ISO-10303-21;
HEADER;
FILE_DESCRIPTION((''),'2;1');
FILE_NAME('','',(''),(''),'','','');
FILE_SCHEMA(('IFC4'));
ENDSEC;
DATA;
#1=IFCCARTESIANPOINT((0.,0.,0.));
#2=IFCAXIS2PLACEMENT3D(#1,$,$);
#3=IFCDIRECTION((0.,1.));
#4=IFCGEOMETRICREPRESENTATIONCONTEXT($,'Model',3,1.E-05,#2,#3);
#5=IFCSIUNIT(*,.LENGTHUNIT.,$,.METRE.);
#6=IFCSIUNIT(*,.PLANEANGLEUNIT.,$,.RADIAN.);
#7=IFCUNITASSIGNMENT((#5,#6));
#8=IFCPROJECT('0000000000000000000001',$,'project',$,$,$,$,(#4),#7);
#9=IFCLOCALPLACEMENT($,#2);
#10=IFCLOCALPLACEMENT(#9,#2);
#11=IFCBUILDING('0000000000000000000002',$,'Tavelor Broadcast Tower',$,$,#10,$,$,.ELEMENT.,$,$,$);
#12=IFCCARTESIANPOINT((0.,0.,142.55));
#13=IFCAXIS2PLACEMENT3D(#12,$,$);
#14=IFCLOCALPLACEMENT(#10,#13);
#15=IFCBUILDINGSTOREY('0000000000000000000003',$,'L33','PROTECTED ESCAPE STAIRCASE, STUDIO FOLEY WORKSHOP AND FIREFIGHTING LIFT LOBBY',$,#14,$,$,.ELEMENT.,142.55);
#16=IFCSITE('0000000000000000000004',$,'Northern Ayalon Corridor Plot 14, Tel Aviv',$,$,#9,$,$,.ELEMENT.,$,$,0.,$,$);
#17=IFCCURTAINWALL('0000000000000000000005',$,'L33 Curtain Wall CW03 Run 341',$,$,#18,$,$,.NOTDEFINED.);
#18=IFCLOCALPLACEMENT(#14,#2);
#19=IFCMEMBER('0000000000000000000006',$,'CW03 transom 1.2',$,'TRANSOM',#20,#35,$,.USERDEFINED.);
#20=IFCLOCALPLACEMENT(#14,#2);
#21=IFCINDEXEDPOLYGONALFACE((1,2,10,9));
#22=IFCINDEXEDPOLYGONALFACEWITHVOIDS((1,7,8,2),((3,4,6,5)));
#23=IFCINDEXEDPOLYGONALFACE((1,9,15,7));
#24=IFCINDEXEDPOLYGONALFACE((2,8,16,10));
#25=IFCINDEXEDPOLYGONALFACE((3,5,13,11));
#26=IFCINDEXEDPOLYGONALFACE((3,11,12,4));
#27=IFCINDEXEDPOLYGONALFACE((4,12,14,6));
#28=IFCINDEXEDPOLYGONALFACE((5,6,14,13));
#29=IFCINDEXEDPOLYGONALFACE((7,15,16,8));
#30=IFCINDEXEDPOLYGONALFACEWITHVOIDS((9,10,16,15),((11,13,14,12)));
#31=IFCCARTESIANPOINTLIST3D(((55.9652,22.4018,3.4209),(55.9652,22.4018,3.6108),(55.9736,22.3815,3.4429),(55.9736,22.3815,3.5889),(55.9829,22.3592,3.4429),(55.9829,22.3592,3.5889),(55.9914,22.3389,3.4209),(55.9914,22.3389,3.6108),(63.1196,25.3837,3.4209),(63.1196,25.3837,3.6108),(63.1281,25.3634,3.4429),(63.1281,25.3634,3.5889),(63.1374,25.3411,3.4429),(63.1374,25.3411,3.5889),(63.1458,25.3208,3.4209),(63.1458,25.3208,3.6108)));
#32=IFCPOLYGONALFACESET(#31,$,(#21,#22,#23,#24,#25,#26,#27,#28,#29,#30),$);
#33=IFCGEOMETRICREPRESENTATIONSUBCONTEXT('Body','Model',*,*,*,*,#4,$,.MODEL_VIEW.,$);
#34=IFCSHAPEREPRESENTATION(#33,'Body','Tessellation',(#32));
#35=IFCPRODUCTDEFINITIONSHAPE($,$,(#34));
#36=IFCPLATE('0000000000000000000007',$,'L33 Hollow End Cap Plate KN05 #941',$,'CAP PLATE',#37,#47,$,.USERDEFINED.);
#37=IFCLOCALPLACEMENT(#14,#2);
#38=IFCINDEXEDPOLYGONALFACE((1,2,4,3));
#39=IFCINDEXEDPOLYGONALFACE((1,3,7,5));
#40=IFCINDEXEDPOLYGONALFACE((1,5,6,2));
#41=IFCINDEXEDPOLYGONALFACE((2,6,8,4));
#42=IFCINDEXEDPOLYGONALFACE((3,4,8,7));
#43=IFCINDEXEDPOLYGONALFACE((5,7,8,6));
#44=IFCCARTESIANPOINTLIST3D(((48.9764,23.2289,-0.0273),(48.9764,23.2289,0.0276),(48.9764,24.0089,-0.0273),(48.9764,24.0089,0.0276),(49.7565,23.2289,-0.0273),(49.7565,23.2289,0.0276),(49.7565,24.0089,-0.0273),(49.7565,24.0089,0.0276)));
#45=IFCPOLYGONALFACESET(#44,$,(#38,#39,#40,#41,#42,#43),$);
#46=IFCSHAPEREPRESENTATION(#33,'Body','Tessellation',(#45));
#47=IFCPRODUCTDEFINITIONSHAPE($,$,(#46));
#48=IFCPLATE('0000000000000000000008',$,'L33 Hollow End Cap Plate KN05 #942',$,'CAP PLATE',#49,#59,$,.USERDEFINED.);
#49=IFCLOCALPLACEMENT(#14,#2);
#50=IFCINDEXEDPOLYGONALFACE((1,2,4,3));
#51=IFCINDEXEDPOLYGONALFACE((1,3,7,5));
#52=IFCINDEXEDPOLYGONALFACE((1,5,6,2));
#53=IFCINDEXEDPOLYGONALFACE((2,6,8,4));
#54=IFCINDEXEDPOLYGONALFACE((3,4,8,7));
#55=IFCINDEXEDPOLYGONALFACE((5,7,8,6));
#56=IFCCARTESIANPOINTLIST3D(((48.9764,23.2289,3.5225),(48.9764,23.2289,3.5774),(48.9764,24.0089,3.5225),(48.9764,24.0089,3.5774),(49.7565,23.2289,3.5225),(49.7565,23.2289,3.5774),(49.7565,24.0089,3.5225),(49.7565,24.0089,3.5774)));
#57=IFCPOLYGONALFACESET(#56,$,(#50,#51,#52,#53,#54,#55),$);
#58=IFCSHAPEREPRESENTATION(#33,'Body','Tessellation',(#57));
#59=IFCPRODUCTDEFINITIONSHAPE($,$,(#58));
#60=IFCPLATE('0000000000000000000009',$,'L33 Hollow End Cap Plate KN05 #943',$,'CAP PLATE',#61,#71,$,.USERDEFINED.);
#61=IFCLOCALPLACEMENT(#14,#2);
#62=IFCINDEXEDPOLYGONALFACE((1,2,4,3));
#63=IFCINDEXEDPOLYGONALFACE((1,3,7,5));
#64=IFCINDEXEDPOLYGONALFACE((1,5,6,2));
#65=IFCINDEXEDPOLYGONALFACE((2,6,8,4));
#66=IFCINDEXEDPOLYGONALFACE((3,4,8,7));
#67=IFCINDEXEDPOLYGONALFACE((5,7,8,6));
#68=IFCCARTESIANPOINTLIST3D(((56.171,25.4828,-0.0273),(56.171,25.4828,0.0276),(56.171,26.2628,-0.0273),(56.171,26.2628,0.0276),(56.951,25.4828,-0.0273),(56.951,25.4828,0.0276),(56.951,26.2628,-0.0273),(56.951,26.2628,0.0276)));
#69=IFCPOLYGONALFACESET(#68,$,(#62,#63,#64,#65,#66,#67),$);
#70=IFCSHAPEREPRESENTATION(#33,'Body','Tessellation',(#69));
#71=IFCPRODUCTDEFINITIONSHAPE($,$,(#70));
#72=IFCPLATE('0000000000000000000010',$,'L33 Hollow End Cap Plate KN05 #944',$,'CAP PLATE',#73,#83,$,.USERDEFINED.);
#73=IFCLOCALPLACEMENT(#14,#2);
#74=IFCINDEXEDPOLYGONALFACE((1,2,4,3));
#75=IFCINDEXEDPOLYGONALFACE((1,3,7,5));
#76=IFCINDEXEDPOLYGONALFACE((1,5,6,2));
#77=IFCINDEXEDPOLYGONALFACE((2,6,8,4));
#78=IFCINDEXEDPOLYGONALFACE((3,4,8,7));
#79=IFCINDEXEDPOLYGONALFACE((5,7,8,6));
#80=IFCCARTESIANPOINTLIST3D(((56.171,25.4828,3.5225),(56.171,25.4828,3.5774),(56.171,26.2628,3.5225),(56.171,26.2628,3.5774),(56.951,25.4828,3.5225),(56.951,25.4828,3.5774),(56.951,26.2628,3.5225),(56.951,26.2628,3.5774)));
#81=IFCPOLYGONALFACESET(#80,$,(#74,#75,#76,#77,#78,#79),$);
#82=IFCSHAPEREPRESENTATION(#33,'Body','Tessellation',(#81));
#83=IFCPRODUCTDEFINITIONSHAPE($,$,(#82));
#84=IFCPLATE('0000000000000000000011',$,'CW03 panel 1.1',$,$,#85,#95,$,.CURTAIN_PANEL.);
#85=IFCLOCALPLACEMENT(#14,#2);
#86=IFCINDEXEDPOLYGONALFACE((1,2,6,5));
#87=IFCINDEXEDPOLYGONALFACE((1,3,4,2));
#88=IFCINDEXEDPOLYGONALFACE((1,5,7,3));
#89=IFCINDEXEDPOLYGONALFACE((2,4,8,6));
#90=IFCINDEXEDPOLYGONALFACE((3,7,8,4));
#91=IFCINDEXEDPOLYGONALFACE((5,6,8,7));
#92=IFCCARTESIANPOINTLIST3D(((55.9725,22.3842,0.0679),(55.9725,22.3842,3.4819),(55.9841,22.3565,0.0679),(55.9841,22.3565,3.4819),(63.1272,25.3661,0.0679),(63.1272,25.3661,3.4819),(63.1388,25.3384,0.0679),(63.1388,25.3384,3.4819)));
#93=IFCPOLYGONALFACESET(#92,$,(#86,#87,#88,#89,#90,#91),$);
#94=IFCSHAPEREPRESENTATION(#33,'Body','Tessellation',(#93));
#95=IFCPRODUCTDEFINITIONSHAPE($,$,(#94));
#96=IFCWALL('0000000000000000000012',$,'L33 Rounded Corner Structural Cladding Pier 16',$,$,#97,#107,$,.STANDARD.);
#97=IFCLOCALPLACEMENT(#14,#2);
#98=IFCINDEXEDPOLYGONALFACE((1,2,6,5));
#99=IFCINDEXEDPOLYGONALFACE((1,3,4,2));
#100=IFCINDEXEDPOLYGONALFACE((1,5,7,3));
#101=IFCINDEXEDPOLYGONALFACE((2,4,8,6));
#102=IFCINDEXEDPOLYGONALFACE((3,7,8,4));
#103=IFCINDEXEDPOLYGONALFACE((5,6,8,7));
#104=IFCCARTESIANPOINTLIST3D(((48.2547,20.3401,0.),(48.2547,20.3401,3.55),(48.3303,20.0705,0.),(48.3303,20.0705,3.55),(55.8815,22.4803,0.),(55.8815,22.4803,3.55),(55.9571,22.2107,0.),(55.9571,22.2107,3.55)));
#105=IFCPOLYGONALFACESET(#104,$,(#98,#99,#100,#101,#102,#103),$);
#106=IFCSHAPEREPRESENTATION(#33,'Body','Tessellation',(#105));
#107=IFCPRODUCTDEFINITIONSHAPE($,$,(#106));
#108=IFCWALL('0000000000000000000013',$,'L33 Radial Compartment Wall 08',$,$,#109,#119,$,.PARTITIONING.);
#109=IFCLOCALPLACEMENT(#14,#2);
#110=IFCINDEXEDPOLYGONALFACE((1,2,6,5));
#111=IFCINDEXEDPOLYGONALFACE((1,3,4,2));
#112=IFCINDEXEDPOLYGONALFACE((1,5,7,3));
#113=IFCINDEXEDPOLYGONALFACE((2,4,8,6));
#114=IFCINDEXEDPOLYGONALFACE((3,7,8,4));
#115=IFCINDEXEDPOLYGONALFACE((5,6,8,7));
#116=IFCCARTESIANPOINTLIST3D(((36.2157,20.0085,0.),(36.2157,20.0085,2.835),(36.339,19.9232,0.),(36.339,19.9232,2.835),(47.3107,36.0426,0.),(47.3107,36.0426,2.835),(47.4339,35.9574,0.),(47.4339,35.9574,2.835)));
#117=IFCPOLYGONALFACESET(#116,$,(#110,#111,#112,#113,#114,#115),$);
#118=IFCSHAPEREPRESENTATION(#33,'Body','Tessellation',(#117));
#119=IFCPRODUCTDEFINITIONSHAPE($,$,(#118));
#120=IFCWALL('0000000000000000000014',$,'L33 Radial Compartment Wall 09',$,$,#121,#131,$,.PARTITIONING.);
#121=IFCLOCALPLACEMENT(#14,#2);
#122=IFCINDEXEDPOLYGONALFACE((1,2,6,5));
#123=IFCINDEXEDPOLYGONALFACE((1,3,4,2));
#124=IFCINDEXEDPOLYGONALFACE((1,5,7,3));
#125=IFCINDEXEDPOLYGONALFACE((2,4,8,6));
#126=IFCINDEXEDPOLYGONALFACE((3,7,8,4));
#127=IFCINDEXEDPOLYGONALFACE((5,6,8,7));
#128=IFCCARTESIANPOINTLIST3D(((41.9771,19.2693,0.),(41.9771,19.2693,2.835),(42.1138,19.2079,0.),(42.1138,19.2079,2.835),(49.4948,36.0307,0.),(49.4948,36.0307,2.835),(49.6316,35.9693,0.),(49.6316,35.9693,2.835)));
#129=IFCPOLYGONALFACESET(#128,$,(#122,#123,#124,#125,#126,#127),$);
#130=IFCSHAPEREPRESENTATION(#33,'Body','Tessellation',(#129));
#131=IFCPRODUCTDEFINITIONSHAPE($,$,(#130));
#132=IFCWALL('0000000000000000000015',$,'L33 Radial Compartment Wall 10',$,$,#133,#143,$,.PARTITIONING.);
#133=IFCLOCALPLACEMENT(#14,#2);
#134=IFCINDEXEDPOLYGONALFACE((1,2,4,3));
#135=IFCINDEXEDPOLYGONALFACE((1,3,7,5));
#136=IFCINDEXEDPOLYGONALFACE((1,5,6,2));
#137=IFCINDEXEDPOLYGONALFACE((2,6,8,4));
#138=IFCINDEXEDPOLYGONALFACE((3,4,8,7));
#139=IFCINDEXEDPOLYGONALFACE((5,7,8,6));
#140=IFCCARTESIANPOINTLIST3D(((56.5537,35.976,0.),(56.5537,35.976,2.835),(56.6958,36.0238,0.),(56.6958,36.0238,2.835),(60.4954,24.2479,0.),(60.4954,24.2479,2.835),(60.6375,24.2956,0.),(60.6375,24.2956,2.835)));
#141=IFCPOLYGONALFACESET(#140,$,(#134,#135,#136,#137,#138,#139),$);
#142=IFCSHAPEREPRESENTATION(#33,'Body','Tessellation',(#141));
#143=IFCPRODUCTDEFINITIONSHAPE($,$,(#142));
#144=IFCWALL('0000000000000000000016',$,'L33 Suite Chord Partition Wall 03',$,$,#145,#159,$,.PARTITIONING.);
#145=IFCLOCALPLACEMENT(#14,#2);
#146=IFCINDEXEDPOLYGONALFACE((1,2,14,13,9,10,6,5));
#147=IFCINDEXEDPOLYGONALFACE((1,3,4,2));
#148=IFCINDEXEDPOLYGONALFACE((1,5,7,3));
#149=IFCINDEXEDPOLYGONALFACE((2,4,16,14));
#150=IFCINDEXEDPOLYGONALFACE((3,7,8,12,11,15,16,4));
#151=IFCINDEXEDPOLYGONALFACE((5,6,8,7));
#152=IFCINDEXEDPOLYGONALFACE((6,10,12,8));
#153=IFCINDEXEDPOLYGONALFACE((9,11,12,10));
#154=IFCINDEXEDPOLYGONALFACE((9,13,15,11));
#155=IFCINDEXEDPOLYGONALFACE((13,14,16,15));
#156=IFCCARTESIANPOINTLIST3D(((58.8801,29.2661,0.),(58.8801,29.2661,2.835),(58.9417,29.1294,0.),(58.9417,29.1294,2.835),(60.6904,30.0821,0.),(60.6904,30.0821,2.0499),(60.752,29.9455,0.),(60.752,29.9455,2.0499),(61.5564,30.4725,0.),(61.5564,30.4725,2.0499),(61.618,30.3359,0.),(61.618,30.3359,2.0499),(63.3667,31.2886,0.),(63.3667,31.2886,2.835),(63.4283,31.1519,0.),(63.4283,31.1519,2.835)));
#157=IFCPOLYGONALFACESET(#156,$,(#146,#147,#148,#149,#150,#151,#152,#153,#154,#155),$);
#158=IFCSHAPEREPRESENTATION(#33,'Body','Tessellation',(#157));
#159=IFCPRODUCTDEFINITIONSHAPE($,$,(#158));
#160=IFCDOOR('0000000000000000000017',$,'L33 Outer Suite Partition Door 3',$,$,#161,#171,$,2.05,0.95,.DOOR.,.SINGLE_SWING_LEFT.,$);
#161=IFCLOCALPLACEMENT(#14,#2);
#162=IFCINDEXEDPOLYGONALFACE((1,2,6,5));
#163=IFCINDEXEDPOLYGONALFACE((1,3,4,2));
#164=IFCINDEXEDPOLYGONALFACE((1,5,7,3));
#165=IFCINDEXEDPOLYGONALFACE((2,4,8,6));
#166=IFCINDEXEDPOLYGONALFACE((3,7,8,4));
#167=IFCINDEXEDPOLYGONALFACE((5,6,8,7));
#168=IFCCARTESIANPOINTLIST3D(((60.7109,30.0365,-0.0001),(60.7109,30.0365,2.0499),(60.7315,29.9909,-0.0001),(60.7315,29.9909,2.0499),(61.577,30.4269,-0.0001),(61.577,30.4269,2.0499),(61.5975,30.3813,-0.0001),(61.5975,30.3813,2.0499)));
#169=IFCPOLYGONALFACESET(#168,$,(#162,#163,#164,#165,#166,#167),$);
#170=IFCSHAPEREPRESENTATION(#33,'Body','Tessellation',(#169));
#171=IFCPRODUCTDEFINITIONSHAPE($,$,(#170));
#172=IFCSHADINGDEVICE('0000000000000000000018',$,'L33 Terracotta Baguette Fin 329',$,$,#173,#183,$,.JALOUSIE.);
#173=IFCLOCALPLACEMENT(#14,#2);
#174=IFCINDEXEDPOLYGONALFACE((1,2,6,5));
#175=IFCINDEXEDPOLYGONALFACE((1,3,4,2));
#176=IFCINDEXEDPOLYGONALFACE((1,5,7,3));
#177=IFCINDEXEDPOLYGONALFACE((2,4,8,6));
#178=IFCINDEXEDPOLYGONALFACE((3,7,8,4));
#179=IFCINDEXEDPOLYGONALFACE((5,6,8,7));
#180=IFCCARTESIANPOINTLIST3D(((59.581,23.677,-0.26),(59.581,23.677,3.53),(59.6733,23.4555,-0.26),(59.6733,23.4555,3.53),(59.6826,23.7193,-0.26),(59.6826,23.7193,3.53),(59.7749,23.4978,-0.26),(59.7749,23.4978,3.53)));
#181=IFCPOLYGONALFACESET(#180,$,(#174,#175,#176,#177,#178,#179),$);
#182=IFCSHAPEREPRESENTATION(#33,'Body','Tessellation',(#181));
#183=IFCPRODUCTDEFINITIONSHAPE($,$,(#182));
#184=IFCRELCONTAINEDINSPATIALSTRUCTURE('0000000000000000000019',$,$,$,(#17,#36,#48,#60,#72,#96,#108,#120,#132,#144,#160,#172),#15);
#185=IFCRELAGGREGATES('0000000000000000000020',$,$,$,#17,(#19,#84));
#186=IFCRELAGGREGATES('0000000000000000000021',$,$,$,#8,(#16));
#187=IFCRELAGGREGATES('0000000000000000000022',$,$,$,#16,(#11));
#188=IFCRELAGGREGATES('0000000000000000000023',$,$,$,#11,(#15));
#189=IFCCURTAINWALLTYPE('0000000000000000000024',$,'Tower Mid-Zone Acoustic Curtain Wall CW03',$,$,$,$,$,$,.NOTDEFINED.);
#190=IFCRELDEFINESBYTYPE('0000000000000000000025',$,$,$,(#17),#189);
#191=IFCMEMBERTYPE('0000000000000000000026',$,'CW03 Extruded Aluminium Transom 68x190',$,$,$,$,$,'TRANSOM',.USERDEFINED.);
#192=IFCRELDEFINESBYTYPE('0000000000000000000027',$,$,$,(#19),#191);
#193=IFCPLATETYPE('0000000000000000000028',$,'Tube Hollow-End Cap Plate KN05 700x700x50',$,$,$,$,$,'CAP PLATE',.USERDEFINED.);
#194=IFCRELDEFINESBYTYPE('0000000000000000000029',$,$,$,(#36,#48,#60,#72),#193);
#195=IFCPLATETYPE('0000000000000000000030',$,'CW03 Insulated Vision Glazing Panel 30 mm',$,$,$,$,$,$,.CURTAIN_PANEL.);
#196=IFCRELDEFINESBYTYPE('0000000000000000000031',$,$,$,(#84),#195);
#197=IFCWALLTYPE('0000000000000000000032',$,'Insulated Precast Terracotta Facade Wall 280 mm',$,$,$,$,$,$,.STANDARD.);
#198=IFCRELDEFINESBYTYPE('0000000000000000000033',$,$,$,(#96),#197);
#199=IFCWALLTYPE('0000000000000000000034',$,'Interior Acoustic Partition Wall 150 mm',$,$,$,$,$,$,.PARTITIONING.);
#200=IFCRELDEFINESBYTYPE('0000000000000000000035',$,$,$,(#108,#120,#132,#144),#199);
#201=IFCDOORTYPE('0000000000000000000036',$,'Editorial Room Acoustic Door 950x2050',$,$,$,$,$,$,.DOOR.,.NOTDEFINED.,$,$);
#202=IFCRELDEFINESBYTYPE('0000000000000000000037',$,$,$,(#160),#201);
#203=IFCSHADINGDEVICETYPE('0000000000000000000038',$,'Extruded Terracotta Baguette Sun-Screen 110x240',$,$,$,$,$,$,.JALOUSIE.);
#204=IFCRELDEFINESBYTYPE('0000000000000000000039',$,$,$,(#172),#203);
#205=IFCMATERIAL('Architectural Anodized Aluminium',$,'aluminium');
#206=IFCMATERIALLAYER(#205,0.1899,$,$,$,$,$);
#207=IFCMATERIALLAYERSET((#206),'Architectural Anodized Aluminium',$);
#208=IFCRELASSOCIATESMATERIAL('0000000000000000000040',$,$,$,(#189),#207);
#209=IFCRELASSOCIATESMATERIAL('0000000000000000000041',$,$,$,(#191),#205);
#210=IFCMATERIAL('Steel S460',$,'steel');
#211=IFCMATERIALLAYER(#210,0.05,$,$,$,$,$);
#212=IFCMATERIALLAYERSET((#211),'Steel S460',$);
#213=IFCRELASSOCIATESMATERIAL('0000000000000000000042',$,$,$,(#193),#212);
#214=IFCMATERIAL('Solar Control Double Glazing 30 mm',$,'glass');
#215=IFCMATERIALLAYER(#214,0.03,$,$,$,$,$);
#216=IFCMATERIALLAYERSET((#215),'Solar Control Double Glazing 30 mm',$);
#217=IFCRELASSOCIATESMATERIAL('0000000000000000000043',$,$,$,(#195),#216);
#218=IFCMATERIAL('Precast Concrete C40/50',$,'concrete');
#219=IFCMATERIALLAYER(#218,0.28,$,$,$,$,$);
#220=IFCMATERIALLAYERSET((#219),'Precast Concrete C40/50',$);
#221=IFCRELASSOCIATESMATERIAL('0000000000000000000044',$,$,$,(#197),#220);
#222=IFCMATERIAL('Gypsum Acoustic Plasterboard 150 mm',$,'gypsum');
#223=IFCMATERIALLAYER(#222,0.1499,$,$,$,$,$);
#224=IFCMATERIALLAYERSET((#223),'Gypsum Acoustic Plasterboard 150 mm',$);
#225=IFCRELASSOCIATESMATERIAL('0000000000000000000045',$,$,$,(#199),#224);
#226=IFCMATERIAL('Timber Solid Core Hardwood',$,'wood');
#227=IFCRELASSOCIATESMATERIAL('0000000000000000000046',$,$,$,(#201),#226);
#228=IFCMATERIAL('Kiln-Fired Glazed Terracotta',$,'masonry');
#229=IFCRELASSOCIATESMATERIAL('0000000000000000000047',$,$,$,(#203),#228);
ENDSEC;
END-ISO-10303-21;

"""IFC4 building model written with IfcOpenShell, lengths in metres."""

from ifc_helpers import new_model, si_unit, direction, frame, frame_2d, origin, origin_2d, place, context, subcontext, project, spatial, rectangle, hollow_rectangle, extrude, source, transform, mapped, material, layer, layer_set, material_profile, profile_set, type_object, type_shapes, element, fill, aggregate, save


model = new_model("IFC4")

# Units and contexts
model_context = context("Model", 3, precision=1e-05, world=origin(), true_north=direction((0.0, 1.0)))
body_context = subcontext(model_context, "Body", "Model", "MODEL_VIEW")
ifc_project = project(units=[si_unit("LENGTHUNIT", "METRE"), si_unit("PLANEANGLEUNIT", "RADIAN")], contexts=[model_context])

# Site, building, storey
site_placement = place(None, origin())
site = spatial("IfcSite", under=ifc_project, at=site_placement, Name="Northern Ayalon Corridor Plot 14, Tel Aviv", CompositionType="ELEMENT", RefElevation=0.0)
building_placement = place(site_placement, origin())
building = spatial("IfcBuilding", under=site, at=building_placement, Name="Tavelor Broadcast Tower", CompositionType="ELEMENT")
storey_placement = place(building_placement, frame((0.0, 0.0, 142.55)))
storey = spatial("IfcBuildingStorey", under=building, at=storey_placement, Name="L33", Description="PROTECTED ESCAPE STAIRCASE, STUDIO FOLEY WORKSHOP AND FIREFIGHTING LIFT LOBBY", CompositionType="ELEMENT", Elevation=142.55)

# Shared definitions
ifc_material_1 = material(Name="Steel S460", Category="steel")

# Curtain wall, member
ifc_material_2 = material(Name="Architectural Anodized Aluminium", Category="aluminium")
ifc_layer_1 = layer(ifc_material_2, 0.1899)
ifc_layer_set_1 = layer_set([ifc_layer_1], Name="Architectural Anodized Aluminium")
curtain_wall_type = type_object("IfcCurtainWallType", Name="Tower Mid-Zone Acoustic Curtain Wall CW03", PredefinedType="NOTDEFINED", material=ifc_layer_set_1)
curtain_wall_placement = place(storey_placement, origin())
curtain_wall = element("IfcCurtainWall", 1, at=curtain_wall_placement, inside=storey, type_object=curtain_wall_type, Name="L33 Curtain Wall CW03 Run 341", PredefinedType="NOTDEFINED")
ifc_material_profile_1 = material_profile(ifc_material_2, hollow_rectangle(XDim=0.0681, YDim=0.1899, WallThickness=0.022, at=origin_2d()), Name="RHS 68x190x22")
ifc_profile_set_1 = profile_set([ifc_material_profile_1], Name="Architectural Anodized Aluminium")
member_type_1 = type_object("IfcMemberType", Name="CW03 Extruded Aluminium Transom 68x190", ElementType="TRANSOM", PredefinedType="USERDEFINED", material=ifc_profile_set_1)
shared_shape_1 = source(origin(), body_context, "Body", "SweptSolid", [
    extrude(hollow_rectangle(XDim=0.0681, YDim=0.1899, WallThickness=0.022, at=origin_2d()), origin(), (0.0, 0.0, 1.0), 7.751),
])
type_shapes(member_type_1, [shared_shape_1])
member_1_placement = place(storey_placement, frame((55.9783, 22.3704, 3.5159), z_axis=(0.923037, 0.384712, 0.0), x_axis=(-0.384712, 0.923037, 0.0)))
member_1 = element("IfcMember", 2, at=member_1_placement, type_object=member_type_1, Name="CW03 transom 1.2", ObjectType="TRANSOM", PredefinedType="USERDEFINED", context=body_context, shape_type="MappedRepresentation", body=[
    mapped(shared_shape_1, transform((0.0, 0.0, 0.0), scale=1.0)),
])

# Plates
ifc_layer_2 = layer(ifc_material_1, 0.05)
ifc_layer_set_2 = layer_set([ifc_layer_2], Name="Steel S460")
plate_type_1 = type_object("IfcPlateType", Name="Tube Hollow-End Cap Plate KN05 700x700x50", ElementType="CAP PLATE", PredefinedType="USERDEFINED", material=ifc_layer_set_2)
shared_shape_2 = source(origin(), body_context, "Body", "SweptSolid", [
    extrude(rectangle(XDim=0.78, YDim=0.78, at=origin_2d()), origin(), (0.0, 0.0, 1.0), 0.0549),
])
type_shapes(plate_type_1, [shared_shape_2])
for number, where, z_axis, x_axis, name in (
    (3, (49.3665, 23.6189, -0.0273), (0.0, 0.0, 1.0), (1.0, 0.0, 0.0), "L33 Hollow End Cap Plate KN05 #941"),
    (4, (49.3665, 23.6189, 3.5225), (0.0, 0.0, 1.0), (1.0, 0.0, 0.0), "L33 Hollow End Cap Plate KN05 #942"),
    (5, (56.561, 25.8728, -0.0273), (0.0, 0.0, 1.0), (1.0, 0.0, 0.0), "L33 Hollow End Cap Plate KN05 #943"),
    (6, (56.561, 25.8728, 3.5225), (0.0, 0.0, 1.0), (1.0, 0.0, 0.0), "L33 Hollow End Cap Plate KN05 #944"),
):
    element("IfcPlate", number, at=place(storey_placement, frame(where, z_axis=z_axis, x_axis=x_axis)), inside=storey, type_object=plate_type_1, Name=name, ObjectType="CAP PLATE", PredefinedType="USERDEFINED", context=body_context, shape_type="MappedRepresentation", body=[
        mapped(shared_shape_2, transform((0.0, 0.0, 0.0), scale=1.0)),
    ])

# Plate
ifc_material_3 = material(Name="Solar Control Double Glazing 30 mm", Category="glass")
ifc_layer_3 = layer(ifc_material_3, 0.03)
ifc_layer_set_3 = layer_set([ifc_layer_3], Name="Solar Control Double Glazing 30 mm")
plate_type_2 = type_object("IfcPlateType", Name="CW03 Insulated Vision Glazing Panel 30 mm", PredefinedType="CURTAIN_PANEL", material=ifc_layer_set_3)
shared_shape_3 = source(origin(), body_context, "Body", "SweptSolid", [
    extrude(rectangle(XDim=7.7512, YDim=0.03, at=origin_2d()), origin(), (0.0, 0.0, 1.0), 3.4141),
])
type_shapes(plate_type_2, [shared_shape_3])
plate_placement = place(storey_placement, frame((59.5557, 23.8613, 0.0679), z_axis=(0.0, 0.0, 1.0), x_axis=(0.923042, 0.3847, 0.0)))
plate = element("IfcPlate", 7, at=plate_placement, type_object=plate_type_2, Name="CW03 panel 1.1", PredefinedType="CURTAIN_PANEL", context=body_context, shape_type="MappedRepresentation", body=[
    mapped(shared_shape_3, transform((0.0, 0.0, 0.0), scale=1.0)),
])
aggregate(curtain_wall, [member_1, plate])

# Walls
ifc_material_4 = material(Name="Precast Concrete C40/50", Category="concrete")
ifc_layer_4 = layer(ifc_material_4, 0.28)
ifc_layer_set_4 = layer_set([ifc_layer_4], Name="Precast Concrete C40/50")
wall_type_1 = type_object("IfcWallType", Name="Insulated Precast Terracotta Facade Wall 280 mm", PredefinedType="STANDARD", material=ifc_layer_set_4)
wall_1_placement = place(storey_placement, frame((48.2925, 20.2053, 0.0), z_axis=(0.0, 0.0, 1.0), x_axis=(0.962811, 0.270175, 0.0)))
element("IfcWall", 8, at=wall_1_placement, inside=storey, type_object=wall_type_1, Name="L33 Rounded Corner Structural Cladding Pier 16", PredefinedType="STANDARD", context=body_context, shape_type="SweptSolid", body=[
    extrude(rectangle(XDim=7.9214, YDim=0.28, at=frame_2d((3.9607, 0.0))), origin(), (0.0, 0.0, 1.0), 3.55),
])
ifc_material_5 = material(Name="Gypsum Acoustic Plasterboard 150 mm", Category="gypsum")
ifc_layer_5 = layer(ifc_material_5, 0.1499)
ifc_layer_set_5 = layer_set([ifc_layer_5], Name="Gypsum Acoustic Plasterboard 150 mm")
wall_type_2 = type_object("IfcWallType", Name="Interior Acoustic Partition Wall 150 mm", PredefinedType="PARTITIONING", material=ifc_layer_set_5)
wall_2_placement = place(storey_placement, frame((47.3723, 36.0, 0.0), z_axis=(0.0, 0.0, 1.0), x_axis=(-0.569015, -0.822327, 0.0)))
element("IfcWall", 9, at=wall_2_placement, inside=storey, type_object=wall_type_2, Name="L33 Radial Compartment Wall 08", PredefinedType="PARTITIONING", context=body_context, shape_type="SweptSolid", body=[
    extrude(rectangle(XDim=19.4985, YDim=0.1499, at=frame_2d((9.7493, 0.0))), origin(), (0.0, 0.0, 1.0), 2.835),
])
wall_3_placement = place(storey_placement, frame((49.5632, 36.0, 0.0), z_axis=(0.0, 0.0, 1.0), x_axis=(-0.40924, -0.912427, 0.0)))
element("IfcWall", 10, at=wall_3_placement, inside=storey, type_object=wall_type_2, Name="L33 Radial Compartment Wall 09", PredefinedType="PARTITIONING", context=body_context, shape_type="SweptSolid", body=[
    extrude(rectangle(XDim=18.3701, YDim=0.1499, at=frame_2d((9.1851, 0.0))), origin(), (0.0, 0.0, 1.0), 2.835),
])
wall_4_placement = place(storey_placement, frame((56.6248, 36.0, 0.0), z_axis=(0.0, 0.0, 1.0), x_axis=(0.318577, -0.947897, 0.0)))
element("IfcWall", 11, at=wall_4_placement, inside=storey, type_object=wall_type_2, Name="L33 Radial Compartment Wall 10", PredefinedType="PARTITIONING", context=body_context, shape_type="SweptSolid", body=[
    extrude(rectangle(XDim=12.3728, YDim=0.1499, at=frame_2d((6.1865, 0.0))), origin(), (0.0, 0.0, 1.0), 2.835),
])

# Wall, opening, door
wall_5_placement = place(storey_placement, frame((58.9109, 29.1978, 0.0), z_axis=(0.0, 0.0, 1.0), x_axis=(0.911655, 0.410957, 0.0)))
wall_5 = element("IfcWall", 12, at=wall_5_placement, inside=storey, type_object=wall_type_2, Name="L33 Suite Chord Partition Wall 03", PredefinedType="PARTITIONING", context=body_context, shape_type="SweptSolid", body=[
    extrude(rectangle(XDim=4.9214, YDim=0.1499, at=frame_2d((2.4607, 0.0))), origin(), (0.0, 0.0, 1.0), 2.835),
])
opening_placement = place(wall_5_placement, frame((1.9856, 0.0, 0.0)))
opening = element("IfcOpeningElement", 13, at=opening_placement, cuts=wall_5, PredefinedType="OPENING", context=body_context, shape_type="SweptSolid", body=[
    extrude(rectangle(XDim=0.95, YDim=2.05, at=frame_2d((0.4751, 1.0249))), frame((0.0, 0.085, 0.0), z_axis=(0.0, -1.0, 0.0), x_axis=(1.0, 0.0, 0.0)), (0.0, 0.0, 1.0), 0.1699),
])
ifc_material_6 = material(Name="Timber Solid Core Hardwood", Category="wood")
door_type = type_object("IfcDoorType", Name="Editorial Room Acoustic Door 950x2050", OperationType="NOTDEFINED", PredefinedType="DOOR", material=ifc_material_6)
door_placement = place(opening_placement, origin())
door = element("IfcDoor", 14, at=door_placement, inside=storey, type_object=door_type, Name="L33 Outer Suite Partition Door 3", OperationType="SINGLE_SWING_LEFT", OverallHeight=2.05, OverallWidth=0.95, PredefinedType="DOOR", context=body_context, shape_type="SweptSolid", body=[
    extrude(rectangle(XDim=0.95, YDim=2.05, at=frame_2d((0.4751, 1.0249))), frame((0.0, 0.0249, 0.0), z_axis=(0.0, -1.0, 0.0), x_axis=(1.0, 0.0, 0.0)), (0.0, 0.0, 1.0), 0.05),
])
fill(opening, door)

# Shading device
ifc_material_7 = material(Name="Kiln-Fired Glazed Terracotta", Category="masonry")
shading_device_type = type_object("IfcShadingDeviceType", Name="Extruded Terracotta Baguette Sun-Screen 110x240", PredefinedType="JALOUSIE", material=ifc_material_7)
shared_shape_4 = source(origin(), body_context, "Body", "SweptSolid", [
    extrude(rectangle(XDim=0.1101, YDim=0.24, at=origin_2d()), origin(), (0.0, 0.0, 1.0), 3.79),
])
type_shapes(shading_device_type, [shared_shape_4])
shading_device_placement = place(storey_placement, frame((59.678, 23.5874, -0.26), z_axis=(0.0, 0.0, 1.0), x_axis=(0.923076, 0.384618, 0.0)))
element("IfcShadingDevice", 15, at=shading_device_placement, inside=storey, type_object=shading_device_type, Name="L33 Terracotta Baguette Fin 329", PredefinedType="JALOUSIE", context=body_context, shape_type="MappedRepresentation", body=[
    mapped(shared_shape_4, transform((0.0, 0.0, 0.0), scale=1.0)),
])

save(model, "model.ifc")
